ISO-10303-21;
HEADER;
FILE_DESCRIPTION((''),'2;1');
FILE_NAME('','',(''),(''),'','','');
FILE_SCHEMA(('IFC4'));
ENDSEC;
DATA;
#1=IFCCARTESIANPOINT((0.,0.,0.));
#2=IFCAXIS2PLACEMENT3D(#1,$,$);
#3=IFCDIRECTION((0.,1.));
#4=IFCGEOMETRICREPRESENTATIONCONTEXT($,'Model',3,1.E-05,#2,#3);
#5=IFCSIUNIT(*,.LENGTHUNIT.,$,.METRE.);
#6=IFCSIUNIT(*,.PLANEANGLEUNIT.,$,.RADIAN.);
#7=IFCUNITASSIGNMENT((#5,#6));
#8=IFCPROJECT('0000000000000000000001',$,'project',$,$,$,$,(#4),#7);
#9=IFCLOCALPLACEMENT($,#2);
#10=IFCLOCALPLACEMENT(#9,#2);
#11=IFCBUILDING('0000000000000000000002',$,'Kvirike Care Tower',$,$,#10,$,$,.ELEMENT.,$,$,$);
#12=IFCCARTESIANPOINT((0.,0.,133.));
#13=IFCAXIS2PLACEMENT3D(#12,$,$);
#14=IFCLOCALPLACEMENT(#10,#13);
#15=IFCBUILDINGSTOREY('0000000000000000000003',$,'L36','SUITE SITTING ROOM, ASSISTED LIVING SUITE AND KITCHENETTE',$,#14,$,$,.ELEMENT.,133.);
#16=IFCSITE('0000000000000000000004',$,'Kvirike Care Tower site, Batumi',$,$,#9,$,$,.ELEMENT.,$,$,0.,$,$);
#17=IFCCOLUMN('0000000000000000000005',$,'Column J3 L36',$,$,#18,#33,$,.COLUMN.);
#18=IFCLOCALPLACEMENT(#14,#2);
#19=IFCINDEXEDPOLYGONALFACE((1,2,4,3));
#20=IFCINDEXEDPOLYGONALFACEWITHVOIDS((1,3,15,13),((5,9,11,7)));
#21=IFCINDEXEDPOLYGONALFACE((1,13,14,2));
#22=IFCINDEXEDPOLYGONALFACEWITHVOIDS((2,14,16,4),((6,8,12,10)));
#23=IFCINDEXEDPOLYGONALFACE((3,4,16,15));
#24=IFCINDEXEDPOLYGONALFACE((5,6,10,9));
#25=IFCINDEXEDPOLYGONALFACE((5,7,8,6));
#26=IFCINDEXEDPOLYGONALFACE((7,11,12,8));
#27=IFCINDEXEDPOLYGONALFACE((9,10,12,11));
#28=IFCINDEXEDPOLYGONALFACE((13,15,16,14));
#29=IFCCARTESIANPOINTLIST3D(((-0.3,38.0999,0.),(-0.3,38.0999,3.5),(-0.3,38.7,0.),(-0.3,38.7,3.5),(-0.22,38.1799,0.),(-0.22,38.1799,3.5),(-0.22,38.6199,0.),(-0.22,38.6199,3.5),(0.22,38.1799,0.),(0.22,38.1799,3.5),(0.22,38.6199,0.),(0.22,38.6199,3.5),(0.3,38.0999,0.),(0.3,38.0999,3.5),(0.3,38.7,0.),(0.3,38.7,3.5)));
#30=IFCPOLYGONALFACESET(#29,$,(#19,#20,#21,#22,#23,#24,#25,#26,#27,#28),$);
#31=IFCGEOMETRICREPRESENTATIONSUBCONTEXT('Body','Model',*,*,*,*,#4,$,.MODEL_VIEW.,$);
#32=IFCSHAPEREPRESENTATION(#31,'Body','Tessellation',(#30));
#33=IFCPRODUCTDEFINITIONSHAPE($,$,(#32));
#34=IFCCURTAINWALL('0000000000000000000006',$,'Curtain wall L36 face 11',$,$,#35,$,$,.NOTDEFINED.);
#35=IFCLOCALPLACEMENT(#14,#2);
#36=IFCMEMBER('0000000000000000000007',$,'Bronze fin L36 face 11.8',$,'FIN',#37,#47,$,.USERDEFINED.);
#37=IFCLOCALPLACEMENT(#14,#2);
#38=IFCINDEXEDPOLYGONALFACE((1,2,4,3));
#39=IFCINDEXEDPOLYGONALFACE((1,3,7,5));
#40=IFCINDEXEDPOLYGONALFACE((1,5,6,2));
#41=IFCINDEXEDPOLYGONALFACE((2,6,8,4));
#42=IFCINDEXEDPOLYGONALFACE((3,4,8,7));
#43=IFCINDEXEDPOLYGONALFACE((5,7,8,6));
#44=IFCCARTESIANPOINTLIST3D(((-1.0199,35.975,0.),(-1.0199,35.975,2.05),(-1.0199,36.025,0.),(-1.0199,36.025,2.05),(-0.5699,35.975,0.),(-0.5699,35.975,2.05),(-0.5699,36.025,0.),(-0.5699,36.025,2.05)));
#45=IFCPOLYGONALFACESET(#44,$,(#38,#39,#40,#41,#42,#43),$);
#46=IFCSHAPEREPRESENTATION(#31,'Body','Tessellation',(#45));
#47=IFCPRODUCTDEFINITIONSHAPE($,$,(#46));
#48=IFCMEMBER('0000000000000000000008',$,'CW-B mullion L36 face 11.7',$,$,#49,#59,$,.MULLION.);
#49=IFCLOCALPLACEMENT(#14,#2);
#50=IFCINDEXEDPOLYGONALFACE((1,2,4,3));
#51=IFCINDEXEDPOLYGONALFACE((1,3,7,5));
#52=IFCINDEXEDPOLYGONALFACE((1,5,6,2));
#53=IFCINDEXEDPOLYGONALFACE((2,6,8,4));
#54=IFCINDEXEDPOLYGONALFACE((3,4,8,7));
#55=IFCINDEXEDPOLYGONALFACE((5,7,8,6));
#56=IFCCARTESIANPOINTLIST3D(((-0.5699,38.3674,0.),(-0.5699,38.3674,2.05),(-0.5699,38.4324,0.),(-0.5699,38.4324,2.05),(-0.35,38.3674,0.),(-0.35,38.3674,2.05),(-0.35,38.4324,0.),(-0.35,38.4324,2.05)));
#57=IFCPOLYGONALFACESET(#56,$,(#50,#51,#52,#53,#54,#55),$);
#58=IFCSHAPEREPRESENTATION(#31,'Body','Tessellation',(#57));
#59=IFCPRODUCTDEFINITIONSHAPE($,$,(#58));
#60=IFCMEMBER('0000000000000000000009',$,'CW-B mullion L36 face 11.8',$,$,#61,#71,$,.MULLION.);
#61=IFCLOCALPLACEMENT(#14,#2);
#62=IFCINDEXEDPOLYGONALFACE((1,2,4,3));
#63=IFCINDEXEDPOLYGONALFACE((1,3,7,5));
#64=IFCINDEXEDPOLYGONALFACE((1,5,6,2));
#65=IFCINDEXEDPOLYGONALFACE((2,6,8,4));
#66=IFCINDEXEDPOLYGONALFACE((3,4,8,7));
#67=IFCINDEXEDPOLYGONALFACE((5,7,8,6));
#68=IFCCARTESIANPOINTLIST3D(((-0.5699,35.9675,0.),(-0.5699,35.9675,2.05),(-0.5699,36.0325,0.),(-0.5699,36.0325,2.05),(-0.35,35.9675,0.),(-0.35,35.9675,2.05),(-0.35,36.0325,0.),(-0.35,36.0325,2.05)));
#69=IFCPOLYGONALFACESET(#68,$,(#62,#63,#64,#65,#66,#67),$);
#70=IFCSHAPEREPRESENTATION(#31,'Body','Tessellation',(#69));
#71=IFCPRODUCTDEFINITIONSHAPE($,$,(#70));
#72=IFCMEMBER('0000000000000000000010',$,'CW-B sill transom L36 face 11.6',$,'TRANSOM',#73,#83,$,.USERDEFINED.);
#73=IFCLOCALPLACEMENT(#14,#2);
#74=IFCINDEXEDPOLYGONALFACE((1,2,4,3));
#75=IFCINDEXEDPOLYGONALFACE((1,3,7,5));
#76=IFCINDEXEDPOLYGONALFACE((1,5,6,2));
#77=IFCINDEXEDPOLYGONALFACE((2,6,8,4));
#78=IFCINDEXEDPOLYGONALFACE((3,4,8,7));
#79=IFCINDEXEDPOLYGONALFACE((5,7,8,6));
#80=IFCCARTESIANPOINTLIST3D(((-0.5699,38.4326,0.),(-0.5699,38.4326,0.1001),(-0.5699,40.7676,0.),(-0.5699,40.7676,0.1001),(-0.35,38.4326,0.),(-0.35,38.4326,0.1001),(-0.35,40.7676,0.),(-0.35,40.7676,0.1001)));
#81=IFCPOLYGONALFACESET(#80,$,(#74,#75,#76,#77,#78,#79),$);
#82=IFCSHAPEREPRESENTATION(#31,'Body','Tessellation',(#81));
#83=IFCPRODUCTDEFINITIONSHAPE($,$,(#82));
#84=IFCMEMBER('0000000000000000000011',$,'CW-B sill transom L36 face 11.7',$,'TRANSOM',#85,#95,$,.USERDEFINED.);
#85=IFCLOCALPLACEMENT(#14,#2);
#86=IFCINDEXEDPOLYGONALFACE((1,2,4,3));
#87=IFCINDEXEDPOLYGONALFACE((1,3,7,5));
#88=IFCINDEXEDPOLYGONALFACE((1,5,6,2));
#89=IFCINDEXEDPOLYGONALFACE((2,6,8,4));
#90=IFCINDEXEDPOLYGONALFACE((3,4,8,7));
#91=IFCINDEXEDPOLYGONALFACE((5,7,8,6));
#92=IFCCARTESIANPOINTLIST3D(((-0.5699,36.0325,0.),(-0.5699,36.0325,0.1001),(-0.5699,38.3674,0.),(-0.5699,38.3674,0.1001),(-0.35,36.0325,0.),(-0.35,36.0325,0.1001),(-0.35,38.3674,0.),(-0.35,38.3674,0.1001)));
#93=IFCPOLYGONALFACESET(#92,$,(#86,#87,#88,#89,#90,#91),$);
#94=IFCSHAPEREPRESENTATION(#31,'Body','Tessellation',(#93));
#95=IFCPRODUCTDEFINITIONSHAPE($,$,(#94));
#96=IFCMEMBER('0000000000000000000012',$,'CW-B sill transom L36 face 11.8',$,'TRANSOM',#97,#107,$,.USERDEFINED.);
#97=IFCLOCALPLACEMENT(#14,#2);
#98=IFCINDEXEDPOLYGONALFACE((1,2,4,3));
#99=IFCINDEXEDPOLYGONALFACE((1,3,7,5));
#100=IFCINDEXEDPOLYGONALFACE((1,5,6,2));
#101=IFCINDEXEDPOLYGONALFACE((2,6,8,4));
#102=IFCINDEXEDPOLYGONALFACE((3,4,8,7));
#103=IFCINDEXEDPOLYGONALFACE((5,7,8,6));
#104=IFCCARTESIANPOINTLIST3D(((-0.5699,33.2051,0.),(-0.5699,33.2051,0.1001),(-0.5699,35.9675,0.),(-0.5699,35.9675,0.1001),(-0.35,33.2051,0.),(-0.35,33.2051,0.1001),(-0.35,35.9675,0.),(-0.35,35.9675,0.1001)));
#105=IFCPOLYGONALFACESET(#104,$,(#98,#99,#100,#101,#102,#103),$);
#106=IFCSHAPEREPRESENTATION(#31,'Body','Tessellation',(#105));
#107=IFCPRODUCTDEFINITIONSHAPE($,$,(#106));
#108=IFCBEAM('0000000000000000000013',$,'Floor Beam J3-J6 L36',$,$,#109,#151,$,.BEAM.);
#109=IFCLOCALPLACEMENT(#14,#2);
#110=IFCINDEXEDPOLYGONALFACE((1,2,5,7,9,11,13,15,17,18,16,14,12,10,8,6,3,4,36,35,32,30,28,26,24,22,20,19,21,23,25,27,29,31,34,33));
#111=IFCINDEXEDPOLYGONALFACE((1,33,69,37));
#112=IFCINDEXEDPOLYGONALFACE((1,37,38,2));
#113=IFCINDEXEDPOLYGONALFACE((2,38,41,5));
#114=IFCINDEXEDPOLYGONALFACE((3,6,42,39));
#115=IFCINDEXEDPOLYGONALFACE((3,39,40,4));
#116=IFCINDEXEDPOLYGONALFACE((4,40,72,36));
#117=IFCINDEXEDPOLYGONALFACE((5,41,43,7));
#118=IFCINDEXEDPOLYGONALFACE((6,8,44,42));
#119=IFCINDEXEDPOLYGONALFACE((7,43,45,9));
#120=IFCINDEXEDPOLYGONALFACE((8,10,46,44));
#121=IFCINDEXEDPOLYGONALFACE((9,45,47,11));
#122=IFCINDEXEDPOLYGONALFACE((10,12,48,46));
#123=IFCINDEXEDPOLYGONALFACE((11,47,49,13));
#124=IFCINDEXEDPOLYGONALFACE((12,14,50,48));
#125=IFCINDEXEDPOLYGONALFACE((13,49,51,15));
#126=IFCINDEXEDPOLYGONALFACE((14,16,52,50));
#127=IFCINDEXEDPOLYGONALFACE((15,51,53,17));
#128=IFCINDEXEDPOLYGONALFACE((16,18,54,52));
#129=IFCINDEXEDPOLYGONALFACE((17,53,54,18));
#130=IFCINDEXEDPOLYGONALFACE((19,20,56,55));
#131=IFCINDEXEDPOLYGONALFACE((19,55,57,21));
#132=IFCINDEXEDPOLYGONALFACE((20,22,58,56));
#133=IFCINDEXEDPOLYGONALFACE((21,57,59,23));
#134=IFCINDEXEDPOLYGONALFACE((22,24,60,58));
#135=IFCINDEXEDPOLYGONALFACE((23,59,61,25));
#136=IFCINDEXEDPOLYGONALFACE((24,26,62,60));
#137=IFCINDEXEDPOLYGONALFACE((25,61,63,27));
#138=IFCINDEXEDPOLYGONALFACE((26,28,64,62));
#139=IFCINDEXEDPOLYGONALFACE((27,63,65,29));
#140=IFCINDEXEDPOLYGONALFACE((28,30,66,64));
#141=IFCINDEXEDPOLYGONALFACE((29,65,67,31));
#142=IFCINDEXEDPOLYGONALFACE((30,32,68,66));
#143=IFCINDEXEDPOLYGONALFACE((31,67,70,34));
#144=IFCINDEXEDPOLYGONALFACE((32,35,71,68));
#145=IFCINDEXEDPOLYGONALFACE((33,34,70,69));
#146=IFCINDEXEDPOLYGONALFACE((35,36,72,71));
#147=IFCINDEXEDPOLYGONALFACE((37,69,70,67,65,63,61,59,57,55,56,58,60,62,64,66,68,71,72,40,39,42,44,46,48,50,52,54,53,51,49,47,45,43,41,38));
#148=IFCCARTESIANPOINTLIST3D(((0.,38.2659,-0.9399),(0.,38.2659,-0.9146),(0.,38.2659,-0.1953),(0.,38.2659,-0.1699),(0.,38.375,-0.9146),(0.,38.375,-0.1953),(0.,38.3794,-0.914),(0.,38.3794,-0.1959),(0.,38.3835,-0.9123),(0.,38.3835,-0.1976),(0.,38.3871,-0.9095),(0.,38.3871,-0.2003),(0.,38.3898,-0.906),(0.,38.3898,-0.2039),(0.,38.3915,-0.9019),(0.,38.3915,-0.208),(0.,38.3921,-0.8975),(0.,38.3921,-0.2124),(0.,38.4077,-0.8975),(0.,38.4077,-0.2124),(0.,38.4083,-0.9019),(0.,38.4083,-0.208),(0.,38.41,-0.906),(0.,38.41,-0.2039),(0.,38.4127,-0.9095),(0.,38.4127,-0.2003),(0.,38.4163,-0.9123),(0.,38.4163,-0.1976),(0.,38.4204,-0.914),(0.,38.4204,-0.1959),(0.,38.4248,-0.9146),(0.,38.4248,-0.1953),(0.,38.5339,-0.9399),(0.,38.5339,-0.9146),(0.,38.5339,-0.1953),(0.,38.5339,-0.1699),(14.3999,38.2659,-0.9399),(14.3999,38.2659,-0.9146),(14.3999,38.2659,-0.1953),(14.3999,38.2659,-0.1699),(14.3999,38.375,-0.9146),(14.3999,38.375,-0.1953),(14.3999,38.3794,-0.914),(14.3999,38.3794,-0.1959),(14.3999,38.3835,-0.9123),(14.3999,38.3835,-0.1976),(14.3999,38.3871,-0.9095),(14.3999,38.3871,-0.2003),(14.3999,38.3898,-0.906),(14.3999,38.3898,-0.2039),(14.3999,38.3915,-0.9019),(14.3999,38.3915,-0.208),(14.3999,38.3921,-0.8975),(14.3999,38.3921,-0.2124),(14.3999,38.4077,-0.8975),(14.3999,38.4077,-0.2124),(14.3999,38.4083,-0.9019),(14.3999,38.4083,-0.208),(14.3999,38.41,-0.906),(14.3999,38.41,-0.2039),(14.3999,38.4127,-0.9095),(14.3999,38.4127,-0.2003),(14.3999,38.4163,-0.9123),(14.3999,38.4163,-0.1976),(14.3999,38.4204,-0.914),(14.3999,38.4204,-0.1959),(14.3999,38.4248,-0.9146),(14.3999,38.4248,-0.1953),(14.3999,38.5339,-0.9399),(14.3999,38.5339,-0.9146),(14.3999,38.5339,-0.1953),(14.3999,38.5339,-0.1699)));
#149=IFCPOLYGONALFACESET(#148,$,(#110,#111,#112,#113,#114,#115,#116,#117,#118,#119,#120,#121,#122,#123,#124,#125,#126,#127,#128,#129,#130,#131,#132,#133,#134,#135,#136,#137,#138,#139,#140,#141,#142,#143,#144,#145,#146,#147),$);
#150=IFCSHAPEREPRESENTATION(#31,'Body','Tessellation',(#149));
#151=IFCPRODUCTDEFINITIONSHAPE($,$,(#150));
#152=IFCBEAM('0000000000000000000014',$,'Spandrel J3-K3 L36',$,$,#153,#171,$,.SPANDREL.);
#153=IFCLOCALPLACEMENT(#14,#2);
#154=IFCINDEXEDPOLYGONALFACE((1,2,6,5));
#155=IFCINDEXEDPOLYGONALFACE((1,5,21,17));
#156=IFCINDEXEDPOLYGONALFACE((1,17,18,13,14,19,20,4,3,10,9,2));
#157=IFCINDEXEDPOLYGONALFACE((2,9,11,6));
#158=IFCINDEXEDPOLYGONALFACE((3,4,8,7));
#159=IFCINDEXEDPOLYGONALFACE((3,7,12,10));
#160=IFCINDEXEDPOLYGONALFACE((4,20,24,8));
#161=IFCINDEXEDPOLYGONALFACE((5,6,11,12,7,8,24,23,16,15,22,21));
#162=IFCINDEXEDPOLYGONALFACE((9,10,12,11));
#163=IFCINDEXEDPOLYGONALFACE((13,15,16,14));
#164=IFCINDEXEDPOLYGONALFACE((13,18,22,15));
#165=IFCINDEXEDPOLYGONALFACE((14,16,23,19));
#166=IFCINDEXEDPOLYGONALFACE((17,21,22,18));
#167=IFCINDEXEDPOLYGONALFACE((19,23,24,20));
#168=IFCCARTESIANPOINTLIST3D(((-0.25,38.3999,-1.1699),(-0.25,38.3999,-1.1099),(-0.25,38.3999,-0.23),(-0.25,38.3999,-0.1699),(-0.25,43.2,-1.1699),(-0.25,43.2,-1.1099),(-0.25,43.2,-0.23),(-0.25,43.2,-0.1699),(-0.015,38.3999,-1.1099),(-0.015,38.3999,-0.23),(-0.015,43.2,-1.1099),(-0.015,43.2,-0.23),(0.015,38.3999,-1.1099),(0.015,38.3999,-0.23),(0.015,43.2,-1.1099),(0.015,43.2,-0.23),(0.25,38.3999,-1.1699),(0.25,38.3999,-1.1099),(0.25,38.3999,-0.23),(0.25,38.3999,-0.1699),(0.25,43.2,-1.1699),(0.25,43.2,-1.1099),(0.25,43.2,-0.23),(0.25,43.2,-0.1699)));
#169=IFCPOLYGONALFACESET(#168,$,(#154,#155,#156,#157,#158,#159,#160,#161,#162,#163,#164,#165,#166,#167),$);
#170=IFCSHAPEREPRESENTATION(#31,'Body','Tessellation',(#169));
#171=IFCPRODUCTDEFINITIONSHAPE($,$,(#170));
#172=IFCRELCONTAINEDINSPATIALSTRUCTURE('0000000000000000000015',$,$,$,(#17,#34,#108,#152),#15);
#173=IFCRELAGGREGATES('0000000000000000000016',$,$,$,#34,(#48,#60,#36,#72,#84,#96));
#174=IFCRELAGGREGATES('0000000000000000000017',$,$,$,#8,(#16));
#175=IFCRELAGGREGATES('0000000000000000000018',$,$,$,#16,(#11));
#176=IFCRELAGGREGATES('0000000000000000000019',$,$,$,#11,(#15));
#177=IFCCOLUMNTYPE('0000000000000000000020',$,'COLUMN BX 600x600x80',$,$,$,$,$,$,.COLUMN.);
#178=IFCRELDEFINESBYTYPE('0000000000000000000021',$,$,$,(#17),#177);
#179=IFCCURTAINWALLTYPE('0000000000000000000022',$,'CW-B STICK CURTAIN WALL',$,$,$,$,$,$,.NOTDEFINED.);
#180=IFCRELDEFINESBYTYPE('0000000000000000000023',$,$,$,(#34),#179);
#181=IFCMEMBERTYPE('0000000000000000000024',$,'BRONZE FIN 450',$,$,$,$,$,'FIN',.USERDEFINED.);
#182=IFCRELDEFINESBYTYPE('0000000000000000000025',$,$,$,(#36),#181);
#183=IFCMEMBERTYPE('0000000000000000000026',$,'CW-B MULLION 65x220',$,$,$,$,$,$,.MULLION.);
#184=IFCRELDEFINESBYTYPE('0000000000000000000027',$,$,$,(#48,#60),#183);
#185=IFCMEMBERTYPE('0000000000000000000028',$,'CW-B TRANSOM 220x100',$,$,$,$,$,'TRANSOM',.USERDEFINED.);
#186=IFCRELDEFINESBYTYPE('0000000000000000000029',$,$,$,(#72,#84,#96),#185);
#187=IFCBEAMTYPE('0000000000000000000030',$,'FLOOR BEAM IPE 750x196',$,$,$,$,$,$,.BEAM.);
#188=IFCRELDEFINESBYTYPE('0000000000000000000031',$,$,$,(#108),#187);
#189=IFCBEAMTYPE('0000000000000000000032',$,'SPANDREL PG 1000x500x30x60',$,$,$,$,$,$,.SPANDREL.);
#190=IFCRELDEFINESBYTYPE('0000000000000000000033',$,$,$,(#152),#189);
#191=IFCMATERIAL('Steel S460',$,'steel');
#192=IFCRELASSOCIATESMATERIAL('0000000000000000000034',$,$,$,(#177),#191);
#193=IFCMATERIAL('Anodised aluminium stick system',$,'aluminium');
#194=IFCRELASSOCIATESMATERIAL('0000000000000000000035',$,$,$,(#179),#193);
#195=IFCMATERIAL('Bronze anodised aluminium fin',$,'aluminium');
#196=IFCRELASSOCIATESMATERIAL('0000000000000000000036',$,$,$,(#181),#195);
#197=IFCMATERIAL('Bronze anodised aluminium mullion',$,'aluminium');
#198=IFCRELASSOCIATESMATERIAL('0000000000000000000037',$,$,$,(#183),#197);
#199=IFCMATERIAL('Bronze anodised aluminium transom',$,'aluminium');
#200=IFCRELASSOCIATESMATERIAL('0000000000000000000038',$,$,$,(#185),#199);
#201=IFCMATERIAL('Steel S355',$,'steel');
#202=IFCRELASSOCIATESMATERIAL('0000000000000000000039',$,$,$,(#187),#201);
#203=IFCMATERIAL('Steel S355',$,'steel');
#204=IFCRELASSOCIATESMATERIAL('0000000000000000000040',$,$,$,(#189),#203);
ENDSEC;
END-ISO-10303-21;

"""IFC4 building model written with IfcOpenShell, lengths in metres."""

from ifc_helpers import new_model, si_unit, direction, frame, origin, origin_2d, place, context, subcontext, project, spatial, rectangle, hollow_rectangle, i_section, extrude, material, material_profile, profile_set, type_object, element, aggregate, save


model = new_model("IFC4")

# Units and contexts
model_context = context("Model", 3, precision=1e-05, world=origin(), true_north=direction((0.0, 1.0)))
body_context = subcontext(model_context, "Body", "Model", "MODEL_VIEW")
ifc_project = project(units=[si_unit("LENGTHUNIT", "METRE"), si_unit("PLANEANGLEUNIT", "RADIAN")], contexts=[model_context])

# Site, building, storey
site_placement = place(None, origin())
site = spatial("IfcSite", under=ifc_project, at=site_placement, Name="Kvirike Care Tower site, Batumi", CompositionType="ELEMENT", RefElevation=0.0)
building_placement = place(site_placement, origin())
building = spatial("IfcBuilding", under=site, at=building_placement, Name="Kvirike Care Tower", CompositionType="ELEMENT")
storey_placement = place(building_placement, frame((0.0, 0.0, 133.0)))
storey = spatial("IfcBuildingStorey", under=building, at=storey_placement, Name="L36", Description="SUITE SITTING ROOM, ASSISTED LIVING SUITE AND KITCHENETTE", CompositionType="ELEMENT", Elevation=133.0)

# Column
ifc_material_1 = material(Name="Steel S460", Category="steel")
ifc_material_profile_1 = material_profile(ifc_material_1, hollow_rectangle(XDim=0.6001, YDim=0.6001, WallThickness=0.0801, at=origin_2d()), Name="BX 600x600x80")
ifc_profile_set_1 = profile_set([ifc_material_profile_1], Name="Steel S460")
column_type = type_object("IfcColumnType", Name="COLUMN BX 600x600x80", PredefinedType="COLUMN", material=ifc_profile_set_1)
column_placement = place(storey_placement, frame((0.0, 38.3999, 0.0), z_axis=(0.0, 0.0, 1.0), x_axis=(1.0, 0.0, 0.0)))
element("IfcColumn", 1, at=column_placement, inside=storey, type_object=column_type, Name="Column J3 L36", PredefinedType="COLUMN", context=body_context, shape_type="SweptSolid", body=[
    extrude(hollow_rectangle(XDim=0.6001, YDim=0.6001, WallThickness=0.0801, at=origin_2d()), origin(), (0.0, 0.0, 1.0), 3.5),
])

# Curtain wall, members
ifc_material_2 = material(Name="Anodised aluminium stick system", Category="aluminium")
curtain_wall_type = type_object("IfcCurtainWallType", Name="CW-B STICK CURTAIN WALL", PredefinedType="NOTDEFINED", material=ifc_material_2)
curtain_wall_placement = place(storey_placement, origin())
curtain_wall = element("IfcCurtainWall", 2, at=curtain_wall_placement, inside=storey, type_object=curtain_wall_type, Name="Curtain wall L36 face 11", PredefinedType="NOTDEFINED")
ifc_material_3 = material(Name="Bronze anodised aluminium fin", Category="aluminium")
ifc_material_profile_2 = material_profile(ifc_material_3, rectangle(XDim=0.05, YDim=0.45, at=origin_2d()), Name="BRONZE FIN 450")
ifc_profile_set_2 = profile_set([ifc_material_profile_2], Name="Bronze anodised aluminium fin")
member_type_1 = type_object("IfcMemberType", Name="BRONZE FIN 450", ElementType="FIN", PredefinedType="USERDEFINED", material=ifc_profile_set_2)
member_1_placement = place(storey_placement, frame((-0.7949, 36.0, 0.0), z_axis=(0.0, 0.0, 1.0), x_axis=(0.0, -1.0, 0.0)))
member_1 = element("IfcMember", 3, at=member_1_placement, type_object=member_type_1, Name="Bronze fin L36 face 11.8", ObjectType="FIN", PredefinedType="USERDEFINED", context=body_context, shape_type="SweptSolid", body=[
    extrude(rectangle(XDim=0.05, YDim=0.45, at=origin_2d()), origin(), (0.0, 0.0, 1.0), 2.05),
])
ifc_material_4 = material(Name="Bronze anodised aluminium mullion", Category="aluminium")
ifc_material_profile_3 = material_profile(ifc_material_4, rectangle(XDim=0.0649, YDim=0.22, at=origin_2d()), Name="CW-B MULLION 65x220")
ifc_profile_set_3 = profile_set([ifc_material_profile_3], Name="Bronze anodised aluminium mullion")
member_type_2 = type_object("IfcMemberType", Name="CW-B MULLION 65x220", PredefinedType="MULLION", material=ifc_profile_set_3)
member_2_placement = place(storey_placement, frame((-0.46, 38.3999, 0.0), z_axis=(0.0, 0.0, 1.0), x_axis=(0.0, -1.0, 0.0)))
member_2 = element("IfcMember", 4, at=member_2_placement, type_object=member_type_2, Name="CW-B mullion L36 face 11.7", PredefinedType="MULLION", context=body_context, shape_type="SweptSolid", body=[
    extrude(rectangle(XDim=0.0649, YDim=0.22, at=origin_2d()), origin(), (0.0, 0.0, 1.0), 2.05),
])
member_3_placement = place(storey_placement, frame((-0.46, 36.0, 0.0), z_axis=(0.0, 0.0, 1.0), x_axis=(0.0, -1.0, 0.0)))
member_3 = element("IfcMember", 5, at=member_3_placement, type_object=member_type_2, Name="CW-B mullion L36 face 11.8", PredefinedType="MULLION", context=body_context, shape_type="SweptSolid", body=[
    extrude(rectangle(XDim=0.0649, YDim=0.22, at=origin_2d()), origin(), (0.0, 0.0, 1.0), 2.05),
])
ifc_material_5 = material(Name="Bronze anodised aluminium transom", Category="aluminium")
ifc_material_profile_4 = material_profile(ifc_material_5, rectangle(XDim=0.22, YDim=0.1001, at=origin_2d()), Name="CW-B TRANSOM 220x100")
ifc_profile_set_4 = profile_set([ifc_material_profile_4], Name="Bronze anodised aluminium transom")
member_type_3 = type_object("IfcMemberType", Name="CW-B TRANSOM 220x100", ElementType="TRANSOM", PredefinedType="USERDEFINED", material=ifc_profile_set_4)
member_4_placement = place(storey_placement, frame((-0.46, 40.7676, 0.05), z_axis=(0.0, -1.0, 0.0), x_axis=(1.0, 0.0, 0.0)))
member_4 = element("IfcMember", 6, at=member_4_placement, type_object=member_type_3, Name="CW-B sill transom L36 face 11.6", ObjectType="TRANSOM", PredefinedType="USERDEFINED", context=body_context, shape_type="SweptSolid", body=[
    extrude(rectangle(XDim=0.22, YDim=0.1001, at=origin_2d()), origin(), (0.0, 0.0, 1.0), 2.335),
])
member_5_placement = place(storey_placement, frame((-0.46, 38.3674, 0.05), z_axis=(0.0, -1.0, 0.0), x_axis=(1.0, 0.0, 0.0)))
member_5 = element("IfcMember", 7, at=member_5_placement, type_object=member_type_3, Name="CW-B sill transom L36 face 11.7", ObjectType="TRANSOM", PredefinedType="USERDEFINED", context=body_context, shape_type="SweptSolid", body=[
    extrude(rectangle(XDim=0.22, YDim=0.1001, at=origin_2d()), origin(), (0.0, 0.0, 1.0), 2.335),
])
member_6_placement = place(storey_placement, frame((-0.46, 35.9675, 0.05), z_axis=(0.0, -1.0, 0.0), x_axis=(1.0, 0.0, 0.0)))
member_6 = element("IfcMember", 8, at=member_6_placement, type_object=member_type_3, Name="CW-B sill transom L36 face 11.8", ObjectType="TRANSOM", PredefinedType="USERDEFINED", context=body_context, shape_type="SweptSolid", body=[
    extrude(rectangle(XDim=0.22, YDim=0.1001, at=origin_2d()), origin(), (0.0, 0.0, 1.0), 2.7625),
])

# Beams
ifc_material_6 = material(Name="Steel S355", Category="steel")
ifc_material_profile_5 = material_profile(ifc_material_6, i_section(OverallWidth=0.2681, OverallDepth=0.77, WebThickness=0.0156, FlangeThickness=0.0254, FilletRadius=0.0171, at=origin_2d()), Name="IPE 750x196")
ifc_profile_set_5 = profile_set([ifc_material_profile_5], Name="Steel S355")
beam_type_1 = type_object("IfcBeamType", Name="FLOOR BEAM IPE 750x196", PredefinedType="BEAM", material=ifc_profile_set_5)
beam_1_placement = place(storey_placement, frame((0.0, 38.3999, -0.5549), z_axis=(1.0, 0.0, 0.0), x_axis=(0.0, 1.0, 0.0)))
element("IfcBeam", 9, at=beam_1_placement, inside=storey, type_object=beam_type_1, Name="Floor Beam J3-J6 L36", PredefinedType="BEAM", context=body_context, shape_type="SweptSolid", body=[
    extrude(i_section(OverallWidth=0.2681, OverallDepth=0.77, WebThickness=0.0156, FlangeThickness=0.0254, FilletRadius=0.0171, at=origin_2d()), origin(), (0.0, 0.0, 1.0), 14.3999),
])
ifc_material_7 = material(Name="Steel S355", Category="steel")
ifc_material_profile_6 = material_profile(ifc_material_7, i_section(OverallWidth=0.5, OverallDepth=1.0, WebThickness=0.03, FlangeThickness=0.0601, at=origin_2d()), Name="PG 1000x500x30x60")
ifc_profile_set_6 = profile_set([ifc_material_profile_6], Name="Steel S355")
beam_type_2 = type_object("IfcBeamType", Name="SPANDREL PG 1000x500x30x60", PredefinedType="SPANDREL", material=ifc_profile_set_6)
beam_2_placement = place(storey_placement, frame((0.0, 38.3999, -0.6699), z_axis=(0.0, 1.0, 0.0), x_axis=(-1.0, 0.0, 0.0)))
element("IfcBeam", 10, at=beam_2_placement, inside=storey, type_object=beam_type_2, Name="Spandrel J3-K3 L36", PredefinedType="SPANDREL", context=body_context, shape_type="SweptSolid", body=[
    extrude(i_section(OverallWidth=0.5, OverallDepth=1.0, WebThickness=0.03, FlangeThickness=0.0601, at=origin_2d()), origin(), (0.0, 0.0, 1.0), 4.8),
])

aggregate(curtain_wall, [member_2, member_3, member_1, member_4, member_5, member_6])

save(model, "model.ifc")
